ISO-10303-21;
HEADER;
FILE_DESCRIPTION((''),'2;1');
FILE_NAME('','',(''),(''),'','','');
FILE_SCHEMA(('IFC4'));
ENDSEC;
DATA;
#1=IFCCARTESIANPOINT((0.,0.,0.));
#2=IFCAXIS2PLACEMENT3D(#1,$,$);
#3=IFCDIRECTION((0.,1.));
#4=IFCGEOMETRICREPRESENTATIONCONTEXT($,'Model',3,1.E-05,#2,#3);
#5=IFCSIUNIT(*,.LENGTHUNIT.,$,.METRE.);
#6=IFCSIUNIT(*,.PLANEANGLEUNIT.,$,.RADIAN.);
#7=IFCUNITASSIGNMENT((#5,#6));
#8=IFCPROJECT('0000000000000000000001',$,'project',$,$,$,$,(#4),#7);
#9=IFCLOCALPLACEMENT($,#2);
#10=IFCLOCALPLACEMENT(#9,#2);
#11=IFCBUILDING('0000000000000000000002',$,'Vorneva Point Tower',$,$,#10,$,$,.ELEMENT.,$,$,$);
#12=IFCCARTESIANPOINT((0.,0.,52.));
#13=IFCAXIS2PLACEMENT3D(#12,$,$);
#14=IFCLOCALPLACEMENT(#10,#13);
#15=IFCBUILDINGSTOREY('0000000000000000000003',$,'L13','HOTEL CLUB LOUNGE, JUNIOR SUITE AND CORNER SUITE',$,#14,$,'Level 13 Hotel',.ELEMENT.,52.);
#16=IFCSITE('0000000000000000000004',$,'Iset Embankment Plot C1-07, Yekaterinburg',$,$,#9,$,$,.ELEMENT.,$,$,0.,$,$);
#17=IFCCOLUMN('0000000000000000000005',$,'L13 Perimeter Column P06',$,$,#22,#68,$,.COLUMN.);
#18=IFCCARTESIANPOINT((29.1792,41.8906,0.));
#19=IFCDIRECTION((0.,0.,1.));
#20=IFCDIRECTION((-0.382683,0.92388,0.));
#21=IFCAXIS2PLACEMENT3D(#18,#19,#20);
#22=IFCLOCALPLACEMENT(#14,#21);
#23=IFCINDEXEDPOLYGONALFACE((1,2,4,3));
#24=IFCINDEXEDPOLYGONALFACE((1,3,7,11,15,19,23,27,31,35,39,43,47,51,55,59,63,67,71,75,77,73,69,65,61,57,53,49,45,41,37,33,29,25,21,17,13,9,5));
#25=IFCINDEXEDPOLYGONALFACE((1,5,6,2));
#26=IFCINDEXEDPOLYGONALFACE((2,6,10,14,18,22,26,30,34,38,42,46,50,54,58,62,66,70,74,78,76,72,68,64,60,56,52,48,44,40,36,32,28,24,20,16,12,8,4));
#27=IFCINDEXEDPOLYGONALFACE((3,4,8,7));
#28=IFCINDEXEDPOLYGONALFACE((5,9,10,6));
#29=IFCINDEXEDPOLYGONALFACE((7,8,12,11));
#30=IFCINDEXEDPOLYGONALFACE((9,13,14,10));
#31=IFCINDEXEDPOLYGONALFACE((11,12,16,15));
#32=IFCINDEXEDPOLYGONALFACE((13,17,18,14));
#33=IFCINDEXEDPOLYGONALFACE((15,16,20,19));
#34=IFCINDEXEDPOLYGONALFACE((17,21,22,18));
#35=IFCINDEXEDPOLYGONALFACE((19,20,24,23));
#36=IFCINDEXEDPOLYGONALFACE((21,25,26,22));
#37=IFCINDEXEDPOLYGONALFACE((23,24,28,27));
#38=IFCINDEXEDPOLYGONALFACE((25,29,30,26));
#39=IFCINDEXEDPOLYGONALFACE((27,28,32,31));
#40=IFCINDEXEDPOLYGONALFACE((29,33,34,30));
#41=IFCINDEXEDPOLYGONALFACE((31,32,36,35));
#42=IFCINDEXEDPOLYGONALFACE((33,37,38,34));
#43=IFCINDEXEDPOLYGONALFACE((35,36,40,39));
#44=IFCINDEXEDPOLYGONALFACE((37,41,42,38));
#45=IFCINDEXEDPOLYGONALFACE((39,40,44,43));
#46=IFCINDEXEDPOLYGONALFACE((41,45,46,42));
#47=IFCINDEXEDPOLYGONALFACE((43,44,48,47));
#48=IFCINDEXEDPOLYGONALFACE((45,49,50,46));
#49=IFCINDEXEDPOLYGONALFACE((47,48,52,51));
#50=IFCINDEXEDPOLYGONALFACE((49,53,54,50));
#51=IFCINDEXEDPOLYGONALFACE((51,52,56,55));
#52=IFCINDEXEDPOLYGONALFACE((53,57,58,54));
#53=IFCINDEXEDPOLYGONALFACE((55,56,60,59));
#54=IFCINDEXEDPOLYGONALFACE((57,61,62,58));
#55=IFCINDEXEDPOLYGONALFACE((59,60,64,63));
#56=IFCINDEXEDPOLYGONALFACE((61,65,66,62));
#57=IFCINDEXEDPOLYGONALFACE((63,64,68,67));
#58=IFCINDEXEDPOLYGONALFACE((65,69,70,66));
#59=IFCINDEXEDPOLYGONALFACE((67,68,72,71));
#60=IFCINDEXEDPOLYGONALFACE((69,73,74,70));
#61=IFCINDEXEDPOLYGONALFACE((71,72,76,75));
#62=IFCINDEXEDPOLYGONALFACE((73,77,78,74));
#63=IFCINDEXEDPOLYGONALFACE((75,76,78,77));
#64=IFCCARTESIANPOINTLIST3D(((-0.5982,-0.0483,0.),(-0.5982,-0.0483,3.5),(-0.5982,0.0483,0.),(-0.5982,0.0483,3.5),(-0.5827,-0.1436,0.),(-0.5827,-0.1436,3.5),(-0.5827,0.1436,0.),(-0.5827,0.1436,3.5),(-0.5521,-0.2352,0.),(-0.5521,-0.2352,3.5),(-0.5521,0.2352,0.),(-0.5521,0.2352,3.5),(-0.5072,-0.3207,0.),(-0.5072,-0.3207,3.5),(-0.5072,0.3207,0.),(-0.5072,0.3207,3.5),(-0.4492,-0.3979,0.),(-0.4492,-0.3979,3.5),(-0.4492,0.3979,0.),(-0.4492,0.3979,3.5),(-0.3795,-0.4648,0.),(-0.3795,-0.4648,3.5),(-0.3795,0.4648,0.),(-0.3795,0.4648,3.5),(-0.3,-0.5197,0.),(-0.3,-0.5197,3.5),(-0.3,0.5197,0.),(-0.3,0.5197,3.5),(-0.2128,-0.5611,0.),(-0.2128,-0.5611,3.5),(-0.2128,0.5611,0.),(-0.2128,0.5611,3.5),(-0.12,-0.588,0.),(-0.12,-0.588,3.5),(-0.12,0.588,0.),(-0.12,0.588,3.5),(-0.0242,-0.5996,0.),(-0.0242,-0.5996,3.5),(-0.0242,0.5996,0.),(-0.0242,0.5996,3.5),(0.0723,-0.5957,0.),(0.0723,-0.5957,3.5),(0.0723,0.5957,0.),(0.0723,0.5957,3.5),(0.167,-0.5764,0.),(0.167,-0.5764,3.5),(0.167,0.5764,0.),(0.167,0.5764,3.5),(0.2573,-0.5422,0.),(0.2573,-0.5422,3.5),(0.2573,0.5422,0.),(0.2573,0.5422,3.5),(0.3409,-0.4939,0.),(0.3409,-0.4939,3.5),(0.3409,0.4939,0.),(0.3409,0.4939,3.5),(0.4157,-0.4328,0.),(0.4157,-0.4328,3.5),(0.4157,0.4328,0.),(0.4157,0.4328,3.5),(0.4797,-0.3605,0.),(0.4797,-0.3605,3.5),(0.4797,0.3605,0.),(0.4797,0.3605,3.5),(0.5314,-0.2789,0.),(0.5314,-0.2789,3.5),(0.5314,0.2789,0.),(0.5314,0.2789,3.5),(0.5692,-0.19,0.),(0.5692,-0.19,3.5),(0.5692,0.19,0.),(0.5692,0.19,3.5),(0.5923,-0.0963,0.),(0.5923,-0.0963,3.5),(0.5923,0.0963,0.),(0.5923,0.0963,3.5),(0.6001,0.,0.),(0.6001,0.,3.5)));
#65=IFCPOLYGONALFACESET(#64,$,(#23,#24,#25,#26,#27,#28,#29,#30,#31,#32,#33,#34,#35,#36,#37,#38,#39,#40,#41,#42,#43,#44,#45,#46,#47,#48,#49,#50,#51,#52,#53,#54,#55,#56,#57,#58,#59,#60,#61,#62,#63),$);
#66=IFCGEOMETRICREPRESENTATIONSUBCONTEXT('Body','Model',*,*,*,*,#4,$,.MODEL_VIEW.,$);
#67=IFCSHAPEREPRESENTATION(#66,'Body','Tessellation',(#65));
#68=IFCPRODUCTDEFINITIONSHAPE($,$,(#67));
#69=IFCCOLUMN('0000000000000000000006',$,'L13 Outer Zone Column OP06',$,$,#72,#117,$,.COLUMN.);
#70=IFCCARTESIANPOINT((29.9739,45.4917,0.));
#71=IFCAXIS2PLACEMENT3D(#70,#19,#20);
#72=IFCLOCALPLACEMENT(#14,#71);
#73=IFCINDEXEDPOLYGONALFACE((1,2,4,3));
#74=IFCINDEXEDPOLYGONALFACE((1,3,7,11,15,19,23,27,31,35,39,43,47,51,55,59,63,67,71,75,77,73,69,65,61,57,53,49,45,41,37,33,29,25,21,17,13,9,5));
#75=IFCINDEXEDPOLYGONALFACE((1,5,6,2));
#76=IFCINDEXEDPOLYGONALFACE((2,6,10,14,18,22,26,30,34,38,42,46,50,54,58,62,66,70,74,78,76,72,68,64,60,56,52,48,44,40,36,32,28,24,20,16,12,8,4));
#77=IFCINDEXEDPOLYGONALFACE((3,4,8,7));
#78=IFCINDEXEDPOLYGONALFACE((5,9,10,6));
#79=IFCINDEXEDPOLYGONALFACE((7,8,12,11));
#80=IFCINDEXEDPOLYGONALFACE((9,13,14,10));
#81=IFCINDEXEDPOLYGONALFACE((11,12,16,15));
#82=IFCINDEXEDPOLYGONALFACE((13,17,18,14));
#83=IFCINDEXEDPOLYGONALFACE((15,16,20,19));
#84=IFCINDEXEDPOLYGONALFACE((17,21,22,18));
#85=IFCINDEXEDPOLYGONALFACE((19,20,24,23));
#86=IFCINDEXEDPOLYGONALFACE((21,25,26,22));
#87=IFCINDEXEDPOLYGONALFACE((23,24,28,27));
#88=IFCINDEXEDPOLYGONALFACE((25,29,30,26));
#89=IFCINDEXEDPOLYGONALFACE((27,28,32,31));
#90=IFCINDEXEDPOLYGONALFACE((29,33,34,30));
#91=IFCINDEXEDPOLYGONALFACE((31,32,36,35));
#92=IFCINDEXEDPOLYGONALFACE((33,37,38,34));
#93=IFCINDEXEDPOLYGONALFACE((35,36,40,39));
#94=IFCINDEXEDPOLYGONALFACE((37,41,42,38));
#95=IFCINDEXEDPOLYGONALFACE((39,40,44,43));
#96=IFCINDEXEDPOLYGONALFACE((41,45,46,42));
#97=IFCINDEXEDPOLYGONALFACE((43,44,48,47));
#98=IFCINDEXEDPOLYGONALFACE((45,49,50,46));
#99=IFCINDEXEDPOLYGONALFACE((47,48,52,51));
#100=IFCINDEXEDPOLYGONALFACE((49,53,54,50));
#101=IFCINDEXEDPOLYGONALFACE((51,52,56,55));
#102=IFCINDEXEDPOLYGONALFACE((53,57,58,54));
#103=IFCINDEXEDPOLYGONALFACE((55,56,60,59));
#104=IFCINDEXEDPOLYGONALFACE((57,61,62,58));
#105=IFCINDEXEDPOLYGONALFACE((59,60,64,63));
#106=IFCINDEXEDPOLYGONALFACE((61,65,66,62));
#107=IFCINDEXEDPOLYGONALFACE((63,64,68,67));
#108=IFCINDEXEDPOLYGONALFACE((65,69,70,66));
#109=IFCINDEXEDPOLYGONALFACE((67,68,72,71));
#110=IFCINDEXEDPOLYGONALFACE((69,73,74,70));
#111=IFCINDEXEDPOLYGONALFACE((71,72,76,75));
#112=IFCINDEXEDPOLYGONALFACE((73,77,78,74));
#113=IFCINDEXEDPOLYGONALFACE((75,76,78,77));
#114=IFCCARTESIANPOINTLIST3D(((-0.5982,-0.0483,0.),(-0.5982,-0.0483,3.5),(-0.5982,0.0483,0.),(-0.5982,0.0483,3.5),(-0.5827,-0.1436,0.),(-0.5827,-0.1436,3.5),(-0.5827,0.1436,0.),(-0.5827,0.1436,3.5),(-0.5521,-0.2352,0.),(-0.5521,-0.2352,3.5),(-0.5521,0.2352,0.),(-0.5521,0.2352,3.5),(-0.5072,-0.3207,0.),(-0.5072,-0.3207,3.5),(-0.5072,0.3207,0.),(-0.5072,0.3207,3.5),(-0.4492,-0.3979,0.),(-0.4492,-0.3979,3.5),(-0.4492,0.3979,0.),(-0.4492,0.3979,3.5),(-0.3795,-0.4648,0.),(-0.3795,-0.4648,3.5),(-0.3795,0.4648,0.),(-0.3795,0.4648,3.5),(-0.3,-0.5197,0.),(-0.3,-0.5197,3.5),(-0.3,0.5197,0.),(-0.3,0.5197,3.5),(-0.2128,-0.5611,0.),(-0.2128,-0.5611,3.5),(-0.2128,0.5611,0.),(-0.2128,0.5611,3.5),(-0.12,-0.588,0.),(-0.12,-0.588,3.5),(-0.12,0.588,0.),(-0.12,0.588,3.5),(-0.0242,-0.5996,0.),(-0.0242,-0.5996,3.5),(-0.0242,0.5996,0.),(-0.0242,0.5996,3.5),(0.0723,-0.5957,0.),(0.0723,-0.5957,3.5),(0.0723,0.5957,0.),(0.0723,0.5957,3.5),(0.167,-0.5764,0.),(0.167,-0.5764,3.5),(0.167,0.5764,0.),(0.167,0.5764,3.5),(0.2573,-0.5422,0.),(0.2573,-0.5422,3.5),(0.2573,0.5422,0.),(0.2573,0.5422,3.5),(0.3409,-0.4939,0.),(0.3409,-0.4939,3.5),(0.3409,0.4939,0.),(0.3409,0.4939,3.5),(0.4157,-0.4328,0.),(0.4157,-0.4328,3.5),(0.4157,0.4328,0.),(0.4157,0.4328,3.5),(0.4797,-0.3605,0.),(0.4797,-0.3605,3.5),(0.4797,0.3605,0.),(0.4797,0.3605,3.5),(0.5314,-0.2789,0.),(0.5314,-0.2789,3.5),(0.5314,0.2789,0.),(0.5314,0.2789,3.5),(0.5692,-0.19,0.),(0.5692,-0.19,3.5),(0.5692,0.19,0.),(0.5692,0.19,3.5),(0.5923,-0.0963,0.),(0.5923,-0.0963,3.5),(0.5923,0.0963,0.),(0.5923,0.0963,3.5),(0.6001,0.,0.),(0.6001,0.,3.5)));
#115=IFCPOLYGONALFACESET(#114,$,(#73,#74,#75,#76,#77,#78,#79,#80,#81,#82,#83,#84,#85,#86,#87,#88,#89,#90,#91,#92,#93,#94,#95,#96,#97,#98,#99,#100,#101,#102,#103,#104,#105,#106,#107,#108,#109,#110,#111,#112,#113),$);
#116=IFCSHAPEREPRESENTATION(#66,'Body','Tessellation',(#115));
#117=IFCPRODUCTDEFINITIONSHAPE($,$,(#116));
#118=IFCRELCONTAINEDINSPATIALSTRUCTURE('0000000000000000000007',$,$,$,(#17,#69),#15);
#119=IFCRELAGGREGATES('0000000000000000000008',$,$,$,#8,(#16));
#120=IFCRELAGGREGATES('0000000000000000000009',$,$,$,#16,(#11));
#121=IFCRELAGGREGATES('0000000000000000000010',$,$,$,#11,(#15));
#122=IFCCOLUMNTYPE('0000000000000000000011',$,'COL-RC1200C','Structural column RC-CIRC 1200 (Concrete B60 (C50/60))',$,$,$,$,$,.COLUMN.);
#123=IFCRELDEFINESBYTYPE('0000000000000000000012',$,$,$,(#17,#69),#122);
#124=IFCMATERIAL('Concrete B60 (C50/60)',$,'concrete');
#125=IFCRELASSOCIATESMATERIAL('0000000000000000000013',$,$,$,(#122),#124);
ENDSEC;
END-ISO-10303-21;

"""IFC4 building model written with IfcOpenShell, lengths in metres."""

from ifc_helpers import new_model, si_unit, direction, frame, origin, origin_2d, place, context, subcontext, project, spatial, circle, extrude, material, material_profile, profile_set, type_object, element, save


model = new_model("IFC4")

# Units and contexts
model_context = context("Model", 3, precision=1e-05, world=origin(), true_north=direction((0.0, 1.0)))
body_context = subcontext(model_context, "Body", "Model", "MODEL_VIEW")
ifc_project = project(units=[si_unit("LENGTHUNIT", "METRE"), si_unit("PLANEANGLEUNIT", "RADIAN")], contexts=[model_context])

# Site, building, storey
site_placement = place(None, origin())
site = spatial("IfcSite", under=ifc_project, at=site_placement, Name="Iset Embankment Plot C1-07, Yekaterinburg", CompositionType="ELEMENT", RefElevation=0.0)
building_placement = place(site_placement, origin())
building = spatial("IfcBuilding", under=site, at=building_placement, Name="Vorneva Point Tower", CompositionType="ELEMENT")
storey_placement = place(building_placement, frame((0.0, 0.0, 52.0)))
storey = spatial("IfcBuildingStorey", under=building, at=storey_placement, Name="L13", Description="HOTEL CLUB LOUNGE, JUNIOR SUITE AND CORNER SUITE", LongName="Level 13 Hotel", CompositionType="ELEMENT", Elevation=52.0)

# Columns
ifc_material_1 = material(Name="Concrete B60 (C50/60)", Category="concrete")
ifc_material_profile_1 = material_profile(ifc_material_1, circle(Radius=0.6001, at=origin_2d()), Name="RC-CIRC 1200")
ifc_profile_set_1 = profile_set([ifc_material_profile_1], Name="Concrete B60 (C50/60)")
column_type_1 = type_object("IfcColumnType", Name="COL-RC1200C", Description="Structural column RC-CIRC 1200 (Concrete B60 (C50/60))", PredefinedType="COLUMN", material=ifc_profile_set_1)
for number, where, z_axis, x_axis, name in (
    (1, (29.1792, 41.8906, 0.0), (0.0, 0.0, 1.0), (-0.382683, 0.92388, 0.0), "L13 Perimeter Column P06"),
    (2, (29.9739, 45.4917, 0.0), (0.0, 0.0, 1.0), (-0.382683, 0.92388, 0.0), "L13 Outer Zone Column OP06"),
):
    element("IfcColumn", number, at=place(storey_placement, frame(where, z_axis=z_axis, x_axis=x_axis)), inside=storey, type_object=column_type_1, Name=name, PredefinedType="COLUMN", context=body_context, shape_type="SweptSolid", body=[
        extrude(circle(Radius=0.6001, at=origin_2d()), origin(), (0.0, 0.0, 1.0), 3.5),
    ])

save(model, "model.ifc")
